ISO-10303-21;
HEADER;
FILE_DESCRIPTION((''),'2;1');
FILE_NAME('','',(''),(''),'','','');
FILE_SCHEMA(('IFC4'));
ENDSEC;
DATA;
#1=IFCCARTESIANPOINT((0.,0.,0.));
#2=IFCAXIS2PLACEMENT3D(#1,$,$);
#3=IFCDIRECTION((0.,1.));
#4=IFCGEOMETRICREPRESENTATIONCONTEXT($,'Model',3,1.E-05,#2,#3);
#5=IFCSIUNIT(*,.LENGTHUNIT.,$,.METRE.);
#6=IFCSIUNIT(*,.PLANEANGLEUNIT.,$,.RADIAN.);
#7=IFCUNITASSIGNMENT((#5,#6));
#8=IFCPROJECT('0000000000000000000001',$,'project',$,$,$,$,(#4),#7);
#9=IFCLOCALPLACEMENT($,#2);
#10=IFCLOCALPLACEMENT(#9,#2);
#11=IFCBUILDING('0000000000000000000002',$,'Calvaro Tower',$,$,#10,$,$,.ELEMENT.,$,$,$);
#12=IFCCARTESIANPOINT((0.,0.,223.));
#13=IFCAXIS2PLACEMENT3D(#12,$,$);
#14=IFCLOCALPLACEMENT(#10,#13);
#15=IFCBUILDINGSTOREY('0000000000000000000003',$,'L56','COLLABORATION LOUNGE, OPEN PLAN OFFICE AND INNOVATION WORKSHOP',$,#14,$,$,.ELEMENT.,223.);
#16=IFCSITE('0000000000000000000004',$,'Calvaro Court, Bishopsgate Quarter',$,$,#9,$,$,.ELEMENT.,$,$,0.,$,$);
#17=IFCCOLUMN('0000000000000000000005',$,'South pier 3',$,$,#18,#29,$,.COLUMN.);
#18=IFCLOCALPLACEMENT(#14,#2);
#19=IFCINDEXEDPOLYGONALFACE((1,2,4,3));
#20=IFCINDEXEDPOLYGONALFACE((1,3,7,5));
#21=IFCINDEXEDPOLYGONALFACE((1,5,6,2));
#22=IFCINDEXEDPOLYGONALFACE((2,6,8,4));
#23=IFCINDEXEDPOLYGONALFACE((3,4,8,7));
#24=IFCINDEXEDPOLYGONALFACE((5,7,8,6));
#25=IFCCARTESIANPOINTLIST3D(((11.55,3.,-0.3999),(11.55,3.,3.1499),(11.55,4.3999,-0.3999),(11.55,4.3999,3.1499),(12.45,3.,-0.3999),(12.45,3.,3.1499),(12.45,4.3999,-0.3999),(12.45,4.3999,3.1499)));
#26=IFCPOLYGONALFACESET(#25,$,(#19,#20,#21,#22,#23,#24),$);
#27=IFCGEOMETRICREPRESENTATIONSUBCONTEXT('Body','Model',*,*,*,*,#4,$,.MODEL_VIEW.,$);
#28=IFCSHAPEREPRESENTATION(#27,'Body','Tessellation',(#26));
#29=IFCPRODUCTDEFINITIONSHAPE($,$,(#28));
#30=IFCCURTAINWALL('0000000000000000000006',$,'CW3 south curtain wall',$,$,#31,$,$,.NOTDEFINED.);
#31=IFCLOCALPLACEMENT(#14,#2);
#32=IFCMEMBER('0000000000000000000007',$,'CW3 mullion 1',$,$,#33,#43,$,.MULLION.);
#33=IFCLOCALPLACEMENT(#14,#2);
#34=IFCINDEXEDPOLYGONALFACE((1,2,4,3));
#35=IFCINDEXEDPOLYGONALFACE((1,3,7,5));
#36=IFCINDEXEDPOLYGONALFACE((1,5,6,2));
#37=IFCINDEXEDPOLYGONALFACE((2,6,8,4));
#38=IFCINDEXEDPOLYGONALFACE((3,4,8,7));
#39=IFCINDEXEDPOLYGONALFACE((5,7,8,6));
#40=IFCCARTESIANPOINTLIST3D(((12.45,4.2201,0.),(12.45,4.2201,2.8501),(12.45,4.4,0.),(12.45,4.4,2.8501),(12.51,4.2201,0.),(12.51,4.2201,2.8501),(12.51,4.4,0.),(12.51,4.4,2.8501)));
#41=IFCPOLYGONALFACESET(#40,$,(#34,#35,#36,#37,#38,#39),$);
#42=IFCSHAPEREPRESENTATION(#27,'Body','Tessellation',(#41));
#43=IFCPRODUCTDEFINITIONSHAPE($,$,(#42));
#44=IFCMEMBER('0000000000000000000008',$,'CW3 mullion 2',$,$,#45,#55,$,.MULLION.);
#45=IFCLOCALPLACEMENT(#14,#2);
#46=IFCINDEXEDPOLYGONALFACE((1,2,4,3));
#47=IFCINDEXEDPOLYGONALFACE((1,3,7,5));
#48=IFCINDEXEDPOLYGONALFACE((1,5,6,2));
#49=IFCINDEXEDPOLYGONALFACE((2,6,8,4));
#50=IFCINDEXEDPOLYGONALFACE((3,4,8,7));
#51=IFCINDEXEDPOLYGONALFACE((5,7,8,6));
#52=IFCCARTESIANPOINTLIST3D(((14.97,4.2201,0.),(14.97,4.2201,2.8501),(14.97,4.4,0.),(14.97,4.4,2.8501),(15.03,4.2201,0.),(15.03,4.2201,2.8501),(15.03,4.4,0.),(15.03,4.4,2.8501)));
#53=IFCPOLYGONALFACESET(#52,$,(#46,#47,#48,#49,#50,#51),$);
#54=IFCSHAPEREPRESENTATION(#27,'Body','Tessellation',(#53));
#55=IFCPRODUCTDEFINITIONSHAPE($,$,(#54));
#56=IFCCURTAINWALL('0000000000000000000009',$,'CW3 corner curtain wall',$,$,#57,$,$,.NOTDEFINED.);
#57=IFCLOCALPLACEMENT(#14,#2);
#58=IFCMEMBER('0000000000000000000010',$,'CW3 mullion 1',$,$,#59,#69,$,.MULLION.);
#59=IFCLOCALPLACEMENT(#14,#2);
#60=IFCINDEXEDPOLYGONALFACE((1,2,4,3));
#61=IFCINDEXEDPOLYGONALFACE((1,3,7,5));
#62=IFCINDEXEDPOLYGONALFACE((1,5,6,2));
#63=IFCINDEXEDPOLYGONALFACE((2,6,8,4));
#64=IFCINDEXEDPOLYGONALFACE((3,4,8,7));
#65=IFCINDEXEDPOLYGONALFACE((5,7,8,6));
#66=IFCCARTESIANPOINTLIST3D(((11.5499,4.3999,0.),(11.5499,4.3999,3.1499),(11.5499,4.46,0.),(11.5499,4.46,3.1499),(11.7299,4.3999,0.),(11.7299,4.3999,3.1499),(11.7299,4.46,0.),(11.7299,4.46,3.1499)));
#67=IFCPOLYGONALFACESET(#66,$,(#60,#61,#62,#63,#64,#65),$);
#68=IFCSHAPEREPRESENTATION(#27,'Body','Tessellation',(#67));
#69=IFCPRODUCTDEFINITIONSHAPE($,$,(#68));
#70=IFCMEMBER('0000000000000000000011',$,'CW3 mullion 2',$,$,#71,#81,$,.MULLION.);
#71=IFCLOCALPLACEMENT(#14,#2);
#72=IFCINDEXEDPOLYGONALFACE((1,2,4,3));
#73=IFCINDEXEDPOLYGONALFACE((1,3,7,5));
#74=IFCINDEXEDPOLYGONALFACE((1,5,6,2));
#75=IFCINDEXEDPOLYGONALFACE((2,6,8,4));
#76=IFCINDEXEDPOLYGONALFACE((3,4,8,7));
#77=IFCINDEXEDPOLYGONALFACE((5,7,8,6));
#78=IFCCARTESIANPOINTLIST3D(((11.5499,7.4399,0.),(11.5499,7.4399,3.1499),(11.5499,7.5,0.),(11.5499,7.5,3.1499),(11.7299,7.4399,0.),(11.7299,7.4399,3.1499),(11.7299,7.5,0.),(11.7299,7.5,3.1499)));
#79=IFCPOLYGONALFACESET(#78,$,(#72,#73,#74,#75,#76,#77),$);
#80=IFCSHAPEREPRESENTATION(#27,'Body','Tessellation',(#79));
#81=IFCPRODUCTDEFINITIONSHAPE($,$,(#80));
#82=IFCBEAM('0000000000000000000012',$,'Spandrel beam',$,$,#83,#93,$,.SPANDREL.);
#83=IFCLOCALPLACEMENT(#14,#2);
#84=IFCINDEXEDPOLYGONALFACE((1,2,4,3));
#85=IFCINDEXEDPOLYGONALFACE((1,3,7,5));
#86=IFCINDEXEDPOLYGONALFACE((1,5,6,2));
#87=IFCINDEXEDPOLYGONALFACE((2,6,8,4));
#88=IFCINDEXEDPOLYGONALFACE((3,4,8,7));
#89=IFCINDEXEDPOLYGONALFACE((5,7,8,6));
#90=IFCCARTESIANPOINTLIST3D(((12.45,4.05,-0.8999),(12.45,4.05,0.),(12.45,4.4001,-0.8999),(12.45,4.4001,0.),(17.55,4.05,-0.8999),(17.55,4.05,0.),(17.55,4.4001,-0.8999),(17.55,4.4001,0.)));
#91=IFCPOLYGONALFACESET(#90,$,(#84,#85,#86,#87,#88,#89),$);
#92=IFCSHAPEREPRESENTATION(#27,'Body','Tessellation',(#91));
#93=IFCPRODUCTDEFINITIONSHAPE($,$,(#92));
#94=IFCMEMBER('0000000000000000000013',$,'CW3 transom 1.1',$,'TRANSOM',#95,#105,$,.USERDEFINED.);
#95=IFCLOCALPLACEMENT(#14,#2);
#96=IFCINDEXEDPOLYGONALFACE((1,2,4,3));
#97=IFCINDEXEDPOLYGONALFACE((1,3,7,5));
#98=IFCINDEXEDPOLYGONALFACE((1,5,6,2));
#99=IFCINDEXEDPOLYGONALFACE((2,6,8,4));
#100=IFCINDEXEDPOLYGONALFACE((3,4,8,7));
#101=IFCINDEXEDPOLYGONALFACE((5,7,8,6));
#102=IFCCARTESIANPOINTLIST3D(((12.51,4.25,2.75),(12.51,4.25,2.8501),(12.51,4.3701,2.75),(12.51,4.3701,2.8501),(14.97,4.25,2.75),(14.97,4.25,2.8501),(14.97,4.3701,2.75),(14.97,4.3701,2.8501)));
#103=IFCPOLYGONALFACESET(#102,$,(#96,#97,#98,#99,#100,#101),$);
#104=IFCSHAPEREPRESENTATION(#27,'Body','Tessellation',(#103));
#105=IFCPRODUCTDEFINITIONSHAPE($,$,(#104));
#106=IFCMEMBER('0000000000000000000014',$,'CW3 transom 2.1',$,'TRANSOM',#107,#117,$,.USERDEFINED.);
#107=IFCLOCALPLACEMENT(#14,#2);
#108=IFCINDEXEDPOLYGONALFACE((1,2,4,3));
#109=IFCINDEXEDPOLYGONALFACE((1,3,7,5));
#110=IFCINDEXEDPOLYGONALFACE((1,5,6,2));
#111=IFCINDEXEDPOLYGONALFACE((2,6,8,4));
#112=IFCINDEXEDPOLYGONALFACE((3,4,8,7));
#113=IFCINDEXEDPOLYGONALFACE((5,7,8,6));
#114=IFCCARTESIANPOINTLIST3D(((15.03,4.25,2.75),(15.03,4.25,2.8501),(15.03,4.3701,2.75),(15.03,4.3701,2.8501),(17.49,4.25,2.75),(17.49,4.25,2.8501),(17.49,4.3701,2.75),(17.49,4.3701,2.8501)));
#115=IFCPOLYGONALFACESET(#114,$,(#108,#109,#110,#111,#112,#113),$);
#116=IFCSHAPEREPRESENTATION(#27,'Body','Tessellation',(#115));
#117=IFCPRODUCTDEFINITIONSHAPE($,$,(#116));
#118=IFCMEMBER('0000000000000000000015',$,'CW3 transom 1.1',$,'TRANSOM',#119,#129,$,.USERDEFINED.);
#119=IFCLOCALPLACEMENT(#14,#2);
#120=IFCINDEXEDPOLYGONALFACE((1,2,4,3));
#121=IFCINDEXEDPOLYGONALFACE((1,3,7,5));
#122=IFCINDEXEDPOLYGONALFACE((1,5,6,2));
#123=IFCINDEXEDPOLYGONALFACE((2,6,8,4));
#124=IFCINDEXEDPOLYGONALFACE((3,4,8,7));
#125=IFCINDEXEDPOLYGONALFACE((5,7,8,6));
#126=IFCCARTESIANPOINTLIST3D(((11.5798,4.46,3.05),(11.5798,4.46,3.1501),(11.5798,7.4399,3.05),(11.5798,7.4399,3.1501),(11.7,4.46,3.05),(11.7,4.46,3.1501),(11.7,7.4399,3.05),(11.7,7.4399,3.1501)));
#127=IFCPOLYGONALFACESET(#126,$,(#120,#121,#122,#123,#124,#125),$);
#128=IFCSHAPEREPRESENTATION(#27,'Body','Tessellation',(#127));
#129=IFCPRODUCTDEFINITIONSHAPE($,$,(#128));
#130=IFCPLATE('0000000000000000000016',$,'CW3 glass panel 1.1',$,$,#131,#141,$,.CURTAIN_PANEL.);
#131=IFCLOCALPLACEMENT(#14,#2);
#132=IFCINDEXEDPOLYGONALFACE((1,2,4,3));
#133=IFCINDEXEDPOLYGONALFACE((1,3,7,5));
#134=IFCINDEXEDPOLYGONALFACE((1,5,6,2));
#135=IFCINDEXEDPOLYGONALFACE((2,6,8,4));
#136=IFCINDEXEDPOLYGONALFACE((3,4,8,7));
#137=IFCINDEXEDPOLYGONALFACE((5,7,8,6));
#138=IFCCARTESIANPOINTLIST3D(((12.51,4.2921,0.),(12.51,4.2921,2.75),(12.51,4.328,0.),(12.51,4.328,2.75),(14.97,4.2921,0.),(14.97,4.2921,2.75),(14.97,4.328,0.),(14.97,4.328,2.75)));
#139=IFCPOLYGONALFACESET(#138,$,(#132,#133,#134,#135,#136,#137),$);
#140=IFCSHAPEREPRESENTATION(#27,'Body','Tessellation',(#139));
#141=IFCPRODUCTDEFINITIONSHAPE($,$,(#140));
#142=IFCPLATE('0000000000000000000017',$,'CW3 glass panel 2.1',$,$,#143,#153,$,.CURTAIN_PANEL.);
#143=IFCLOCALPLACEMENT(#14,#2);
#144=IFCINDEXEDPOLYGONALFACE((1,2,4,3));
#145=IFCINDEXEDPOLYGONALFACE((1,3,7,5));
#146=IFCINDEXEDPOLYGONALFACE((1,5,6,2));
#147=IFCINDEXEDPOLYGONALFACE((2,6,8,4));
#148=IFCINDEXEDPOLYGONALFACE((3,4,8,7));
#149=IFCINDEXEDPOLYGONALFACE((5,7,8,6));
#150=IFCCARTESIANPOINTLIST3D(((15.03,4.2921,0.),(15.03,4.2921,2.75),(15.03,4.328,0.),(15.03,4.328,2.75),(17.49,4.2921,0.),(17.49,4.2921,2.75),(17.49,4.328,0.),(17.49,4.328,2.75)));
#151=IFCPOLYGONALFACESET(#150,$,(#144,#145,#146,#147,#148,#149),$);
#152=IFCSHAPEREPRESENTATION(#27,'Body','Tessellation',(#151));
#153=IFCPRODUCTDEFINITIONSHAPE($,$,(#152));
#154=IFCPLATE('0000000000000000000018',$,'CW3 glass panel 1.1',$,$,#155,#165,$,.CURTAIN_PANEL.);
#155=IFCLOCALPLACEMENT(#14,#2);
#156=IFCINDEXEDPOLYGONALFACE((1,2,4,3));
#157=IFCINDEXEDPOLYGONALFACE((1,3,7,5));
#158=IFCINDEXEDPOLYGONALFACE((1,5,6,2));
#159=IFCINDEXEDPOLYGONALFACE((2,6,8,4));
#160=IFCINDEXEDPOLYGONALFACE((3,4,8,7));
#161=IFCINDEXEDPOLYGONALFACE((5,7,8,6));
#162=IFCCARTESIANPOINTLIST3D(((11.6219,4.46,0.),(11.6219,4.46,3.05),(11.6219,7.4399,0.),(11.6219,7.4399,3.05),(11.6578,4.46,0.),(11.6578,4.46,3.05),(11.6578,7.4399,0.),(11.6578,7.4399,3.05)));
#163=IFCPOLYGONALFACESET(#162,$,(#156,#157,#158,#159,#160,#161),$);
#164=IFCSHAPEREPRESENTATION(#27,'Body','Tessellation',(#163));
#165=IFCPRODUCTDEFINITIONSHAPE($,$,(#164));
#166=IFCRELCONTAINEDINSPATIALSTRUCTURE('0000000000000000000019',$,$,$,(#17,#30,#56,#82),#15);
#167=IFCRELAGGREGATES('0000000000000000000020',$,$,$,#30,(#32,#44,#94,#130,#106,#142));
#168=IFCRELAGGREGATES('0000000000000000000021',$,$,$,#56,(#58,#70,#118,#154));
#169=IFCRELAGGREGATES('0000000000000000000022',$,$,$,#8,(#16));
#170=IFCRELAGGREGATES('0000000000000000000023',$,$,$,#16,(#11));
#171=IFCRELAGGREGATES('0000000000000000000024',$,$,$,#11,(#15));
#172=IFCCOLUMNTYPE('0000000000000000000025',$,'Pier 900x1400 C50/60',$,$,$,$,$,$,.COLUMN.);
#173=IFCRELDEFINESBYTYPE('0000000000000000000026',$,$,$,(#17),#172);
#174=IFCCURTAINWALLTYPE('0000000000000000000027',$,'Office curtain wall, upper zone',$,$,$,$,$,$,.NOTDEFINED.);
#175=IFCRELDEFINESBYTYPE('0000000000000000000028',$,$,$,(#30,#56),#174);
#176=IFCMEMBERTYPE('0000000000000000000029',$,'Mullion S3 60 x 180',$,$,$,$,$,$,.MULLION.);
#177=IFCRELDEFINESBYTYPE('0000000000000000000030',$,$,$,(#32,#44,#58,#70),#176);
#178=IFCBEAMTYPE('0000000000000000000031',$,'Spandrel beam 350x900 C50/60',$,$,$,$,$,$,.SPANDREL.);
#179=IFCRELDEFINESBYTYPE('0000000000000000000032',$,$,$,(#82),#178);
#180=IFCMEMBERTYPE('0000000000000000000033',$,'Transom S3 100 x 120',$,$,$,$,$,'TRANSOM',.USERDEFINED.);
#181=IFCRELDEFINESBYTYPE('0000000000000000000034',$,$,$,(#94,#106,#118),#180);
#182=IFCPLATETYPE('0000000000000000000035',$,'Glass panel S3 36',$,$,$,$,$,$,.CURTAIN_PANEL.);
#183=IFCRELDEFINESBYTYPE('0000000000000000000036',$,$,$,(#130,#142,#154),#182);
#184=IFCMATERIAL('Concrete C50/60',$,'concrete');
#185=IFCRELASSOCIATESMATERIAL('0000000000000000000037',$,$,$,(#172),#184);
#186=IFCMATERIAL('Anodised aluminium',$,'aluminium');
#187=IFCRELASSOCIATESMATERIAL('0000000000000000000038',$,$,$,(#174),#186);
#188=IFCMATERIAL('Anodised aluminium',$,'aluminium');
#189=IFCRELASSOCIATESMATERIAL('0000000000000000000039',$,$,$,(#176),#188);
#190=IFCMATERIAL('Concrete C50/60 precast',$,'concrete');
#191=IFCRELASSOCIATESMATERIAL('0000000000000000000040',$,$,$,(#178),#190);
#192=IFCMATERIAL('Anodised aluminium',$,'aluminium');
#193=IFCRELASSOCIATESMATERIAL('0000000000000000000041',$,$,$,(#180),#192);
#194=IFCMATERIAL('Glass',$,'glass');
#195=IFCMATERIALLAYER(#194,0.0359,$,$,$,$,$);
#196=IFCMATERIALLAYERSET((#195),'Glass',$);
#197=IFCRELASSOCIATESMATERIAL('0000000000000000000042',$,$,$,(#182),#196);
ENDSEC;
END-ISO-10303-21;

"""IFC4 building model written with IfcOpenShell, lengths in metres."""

from ifc_helpers import new_model, si_unit, direction, frame, origin, origin_2d, place, context, subcontext, project, spatial, rectangle, extrude, material, layer, layer_set, material_profile, profile_set, type_object, element, aggregate, save


model = new_model("IFC4")

# Units and contexts
model_context = context("Model", 3, precision=1e-05, world=origin(), true_north=direction((0.0, 1.0)))
body_context = subcontext(model_context, "Body", "Model", "MODEL_VIEW")
ifc_project = project(units=[si_unit("LENGTHUNIT", "METRE"), si_unit("PLANEANGLEUNIT", "RADIAN")], contexts=[model_context])

# Site, building, storey
site_placement = place(None, origin())
site = spatial("IfcSite", under=ifc_project, at=site_placement, Name="Calvaro Court, Bishopsgate Quarter", CompositionType="ELEMENT", RefElevation=0.0)
building_placement = place(site_placement, origin())
building = spatial("IfcBuilding", under=site, at=building_placement, Name="Calvaro Tower", CompositionType="ELEMENT")
storey_placement = place(building_placement, frame((0.0, 0.0, 223.0)))
storey = spatial("IfcBuildingStorey", under=building, at=storey_placement, Name="L56", Description="COLLABORATION LOUNGE, OPEN PLAN OFFICE AND INNOVATION WORKSHOP", CompositionType="ELEMENT", Elevation=223.0)

# Column
ifc_material_1 = material(Name="Concrete C50/60", Category="concrete")
ifc_material_profile_1 = material_profile(ifc_material_1, rectangle(XDim=0.8999, YDim=1.3999, at=origin_2d()), Name="RC 900x1400")
ifc_profile_set_1 = profile_set([ifc_material_profile_1], Name="Concrete C50/60")
column_type = type_object("IfcColumnType", Name="Pier 900x1400 C50/60", PredefinedType="COLUMN", material=ifc_profile_set_1)
column_placement = place(storey_placement, frame((12.0, 3.7, -0.3999), z_axis=(0.0, 0.0, 1.0), x_axis=(1.0, 0.0, 0.0)))
element("IfcColumn", 1, at=column_placement, inside=storey, type_object=column_type, Name="South pier 3", PredefinedType="COLUMN", context=body_context, shape_type="SweptSolid", body=[
    extrude(rectangle(XDim=0.8999, YDim=1.3999, at=origin_2d()), origin(), (0.0, 0.0, 1.0), 3.5498),
])

# Curtain walls, members
ifc_material_2 = material(Name="Anodised aluminium", Category="aluminium")
curtain_wall_type = type_object("IfcCurtainWallType", Name="Office curtain wall, upper zone", PredefinedType="NOTDEFINED", material=ifc_material_2)
curtain_wall_1_placement = place(storey_placement, origin())
curtain_wall_1 = element("IfcCurtainWall", 2, at=curtain_wall_1_placement, inside=storey, type_object=curtain_wall_type, Name="CW3 south curtain wall", PredefinedType="NOTDEFINED")
ifc_material_3 = material(Name="Anodised aluminium", Category="aluminium")
ifc_material_profile_2 = material_profile(ifc_material_3, rectangle(XDim=0.1799, YDim=0.0601, at=origin_2d()), Name="Mullion S3 60 x 180")
ifc_profile_set_2 = profile_set([ifc_material_profile_2], Name="Anodised aluminium")
member_type_1 = type_object("IfcMemberType", Name="Mullion S3 60 x 180", PredefinedType="MULLION", material=ifc_profile_set_2)
member_1_placement = place(storey_placement, frame((12.48, 4.3101, 0.0), z_axis=(0.0, 0.0, 1.0), x_axis=(0.0, 1.0, 0.0)))
member_1 = element("IfcMember", 3, at=member_1_placement, type_object=member_type_1, Name="CW3 mullion 1", PredefinedType="MULLION", context=body_context, shape_type="SweptSolid", body=[
    extrude(rectangle(XDim=0.1799, YDim=0.0601, at=origin_2d()), origin(), (0.0, 0.0, 1.0), 2.8501),
])
member_2_placement = place(storey_placement, frame((15.0, 4.3101, 0.0), z_axis=(0.0, 0.0, 1.0), x_axis=(0.0, 1.0, 0.0)))
member_2 = element("IfcMember", 4, at=member_2_placement, type_object=member_type_1, Name="CW3 mullion 2", PredefinedType="MULLION", context=body_context, shape_type="SweptSolid", body=[
    extrude(rectangle(XDim=0.1799, YDim=0.0601, at=origin_2d()), origin(), (0.0, 0.0, 1.0), 2.8501),
])
curtain_wall_2_placement = place(storey_placement, origin())
curtain_wall_2 = element("IfcCurtainWall", 5, at=curtain_wall_2_placement, inside=storey, type_object=curtain_wall_type, Name="CW3 corner curtain wall", PredefinedType="NOTDEFINED")
member_3_placement = place(storey_placement, frame((11.6399, 4.4299, 0.0), z_axis=(0.0, 0.0, 1.0), x_axis=(-1.0, 0.0, 0.0)))
member_3 = element("IfcMember", 6, at=member_3_placement, type_object=member_type_1, Name="CW3 mullion 1", PredefinedType="MULLION", context=body_context, shape_type="SweptSolid", body=[
    extrude(rectangle(XDim=0.1799, YDim=0.0601, at=origin_2d()), origin(), (0.0, 0.0, 1.0), 3.1499),
])
member_4_placement = place(storey_placement, frame((11.6399, 7.47, 0.0), z_axis=(0.0, 0.0, 1.0), x_axis=(-1.0, 0.0, 0.0)))
member_4 = element("IfcMember", 7, at=member_4_placement, type_object=member_type_1, Name="CW3 mullion 2", PredefinedType="MULLION", context=body_context, shape_type="SweptSolid", body=[
    extrude(rectangle(XDim=0.1799, YDim=0.0601, at=origin_2d()), origin(), (0.0, 0.0, 1.0), 3.1499),
])

# Beam
ifc_material_4 = material(Name="Concrete C50/60 precast", Category="concrete")
ifc_material_profile_3 = material_profile(ifc_material_4, rectangle(XDim=0.3501, YDim=0.8999, at=origin_2d()), Name="RC 350x900")
ifc_profile_set_3 = profile_set([ifc_material_profile_3], Name="Concrete C50/60 precast")
beam_type = type_object("IfcBeamType", Name="Spandrel beam 350x900 C50/60", PredefinedType="SPANDREL", material=ifc_profile_set_3)
beam_placement = place(storey_placement, frame((12.45, 4.2251, -0.45), z_axis=(1.0, 0.0, 0.0), x_axis=(0.0, 1.0, 0.0)))
element("IfcBeam", 8, at=beam_placement, inside=storey, type_object=beam_type, Name="Spandrel beam", PredefinedType="SPANDREL", context=body_context, shape_type="SweptSolid", body=[
    extrude(rectangle(XDim=0.3501, YDim=0.8999, at=origin_2d()), origin(), (0.0, 0.0, 1.0), 5.1001),
])

# Members
ifc_material_5 = material(Name="Anodised aluminium", Category="aluminium")
ifc_material_profile_4 = material_profile(ifc_material_5, rectangle(XDim=0.1201, YDim=0.1001, at=origin_2d()), Name="Transom S3 100 x 120")
ifc_profile_set_4 = profile_set([ifc_material_profile_4], Name="Anodised aluminium")
member_type_2 = type_object("IfcMemberType", Name="Transom S3 100 x 120", ElementType="TRANSOM", PredefinedType="USERDEFINED", material=ifc_profile_set_4)
member_5_placement = place(storey_placement, frame((12.51, 4.3101, 2.8), z_axis=(1.0, 0.0, 0.0), x_axis=(0.0, 1.0, 0.0)))
member_5 = element("IfcMember", 9, at=member_5_placement, type_object=member_type_2, Name="CW3 transom 1.1", ObjectType="TRANSOM", PredefinedType="USERDEFINED", context=body_context, shape_type="SweptSolid", body=[
    extrude(rectangle(XDim=0.1201, YDim=0.1001, at=origin_2d()), origin(), (0.0, 0.0, 1.0), 2.46),
])
member_6_placement = place(storey_placement, frame((15.03, 4.3101, 2.8), z_axis=(1.0, 0.0, 0.0), x_axis=(0.0, 1.0, 0.0)))
member_6 = element("IfcMember", 10, at=member_6_placement, type_object=member_type_2, Name="CW3 transom 2.1", ObjectType="TRANSOM", PredefinedType="USERDEFINED", context=body_context, shape_type="SweptSolid", body=[
    extrude(rectangle(XDim=0.1201, YDim=0.1001, at=origin_2d()), origin(), (0.0, 0.0, 1.0), 2.46),
])
member_7_placement = place(storey_placement, frame((11.6399, 4.46, 3.1001), z_axis=(0.0, 1.0, 0.0), x_axis=(-1.0, 0.0, 0.0)))
member_7 = element("IfcMember", 11, at=member_7_placement, type_object=member_type_2, Name="CW3 transom 1.1", ObjectType="TRANSOM", PredefinedType="USERDEFINED", context=body_context, shape_type="SweptSolid", body=[
    extrude(rectangle(XDim=0.1201, YDim=0.1001, at=origin_2d()), origin(), (0.0, 0.0, 1.0), 2.98),
])

# Plates
ifc_material_6 = material(Name="Glass", Category="glass")
ifc_layer_1 = layer(ifc_material_6, 0.0359)
ifc_layer_set_1 = layer_set([ifc_layer_1], Name="Glass")
plate_type = type_object("IfcPlateType", Name="Glass panel S3 36", PredefinedType="CURTAIN_PANEL", material=ifc_layer_set_1)
plate_1_placement = place(storey_placement, frame((13.74, 4.3101, 0.0), z_axis=(0.0, 0.0, 1.0), x_axis=(1.0, 0.0, 0.0)))
plate_1 = element("IfcPlate", 12, at=plate_1_placement, type_object=plate_type, Name="CW3 glass panel 1.1", PredefinedType="CURTAIN_PANEL", context=body_context, shape_type="SweptSolid", body=[
    extrude(rectangle(XDim=2.46, YDim=0.0359, at=origin_2d()), origin(), (0.0, 0.0, 1.0), 2.75),
])
plate_2_placement = place(storey_placement, frame((16.26, 4.3101, 0.0), z_axis=(0.0, 0.0, 1.0), x_axis=(1.0, 0.0, 0.0)))
plate_2 = element("IfcPlate", 13, at=plate_2_placement, type_object=plate_type, Name="CW3 glass panel 2.1", PredefinedType="CURTAIN_PANEL", context=body_context, shape_type="SweptSolid", body=[
    extrude(rectangle(XDim=2.46, YDim=0.0359, at=origin_2d()), origin(), (0.0, 0.0, 1.0), 2.75),
])
aggregate(curtain_wall_1, [member_1, member_2, member_5, plate_1, member_6, plate_2])
plate_3_placement = place(storey_placement, frame((11.6399, 5.95, 0.0), z_axis=(0.0, 0.0, 1.0), x_axis=(0.0, 1.0, 0.0)))
plate_3 = element("IfcPlate", 14, at=plate_3_placement, type_object=plate_type, Name="CW3 glass panel 1.1", PredefinedType="CURTAIN_PANEL", context=body_context, shape_type="SweptSolid", body=[
    extrude(rectangle(XDim=2.98, YDim=0.0359, at=origin_2d()), origin(), (0.0, 0.0, 1.0), 3.05),
])
aggregate(curtain_wall_2, [member_3, member_4, member_7, plate_3])

save(model, "model.ifc")
